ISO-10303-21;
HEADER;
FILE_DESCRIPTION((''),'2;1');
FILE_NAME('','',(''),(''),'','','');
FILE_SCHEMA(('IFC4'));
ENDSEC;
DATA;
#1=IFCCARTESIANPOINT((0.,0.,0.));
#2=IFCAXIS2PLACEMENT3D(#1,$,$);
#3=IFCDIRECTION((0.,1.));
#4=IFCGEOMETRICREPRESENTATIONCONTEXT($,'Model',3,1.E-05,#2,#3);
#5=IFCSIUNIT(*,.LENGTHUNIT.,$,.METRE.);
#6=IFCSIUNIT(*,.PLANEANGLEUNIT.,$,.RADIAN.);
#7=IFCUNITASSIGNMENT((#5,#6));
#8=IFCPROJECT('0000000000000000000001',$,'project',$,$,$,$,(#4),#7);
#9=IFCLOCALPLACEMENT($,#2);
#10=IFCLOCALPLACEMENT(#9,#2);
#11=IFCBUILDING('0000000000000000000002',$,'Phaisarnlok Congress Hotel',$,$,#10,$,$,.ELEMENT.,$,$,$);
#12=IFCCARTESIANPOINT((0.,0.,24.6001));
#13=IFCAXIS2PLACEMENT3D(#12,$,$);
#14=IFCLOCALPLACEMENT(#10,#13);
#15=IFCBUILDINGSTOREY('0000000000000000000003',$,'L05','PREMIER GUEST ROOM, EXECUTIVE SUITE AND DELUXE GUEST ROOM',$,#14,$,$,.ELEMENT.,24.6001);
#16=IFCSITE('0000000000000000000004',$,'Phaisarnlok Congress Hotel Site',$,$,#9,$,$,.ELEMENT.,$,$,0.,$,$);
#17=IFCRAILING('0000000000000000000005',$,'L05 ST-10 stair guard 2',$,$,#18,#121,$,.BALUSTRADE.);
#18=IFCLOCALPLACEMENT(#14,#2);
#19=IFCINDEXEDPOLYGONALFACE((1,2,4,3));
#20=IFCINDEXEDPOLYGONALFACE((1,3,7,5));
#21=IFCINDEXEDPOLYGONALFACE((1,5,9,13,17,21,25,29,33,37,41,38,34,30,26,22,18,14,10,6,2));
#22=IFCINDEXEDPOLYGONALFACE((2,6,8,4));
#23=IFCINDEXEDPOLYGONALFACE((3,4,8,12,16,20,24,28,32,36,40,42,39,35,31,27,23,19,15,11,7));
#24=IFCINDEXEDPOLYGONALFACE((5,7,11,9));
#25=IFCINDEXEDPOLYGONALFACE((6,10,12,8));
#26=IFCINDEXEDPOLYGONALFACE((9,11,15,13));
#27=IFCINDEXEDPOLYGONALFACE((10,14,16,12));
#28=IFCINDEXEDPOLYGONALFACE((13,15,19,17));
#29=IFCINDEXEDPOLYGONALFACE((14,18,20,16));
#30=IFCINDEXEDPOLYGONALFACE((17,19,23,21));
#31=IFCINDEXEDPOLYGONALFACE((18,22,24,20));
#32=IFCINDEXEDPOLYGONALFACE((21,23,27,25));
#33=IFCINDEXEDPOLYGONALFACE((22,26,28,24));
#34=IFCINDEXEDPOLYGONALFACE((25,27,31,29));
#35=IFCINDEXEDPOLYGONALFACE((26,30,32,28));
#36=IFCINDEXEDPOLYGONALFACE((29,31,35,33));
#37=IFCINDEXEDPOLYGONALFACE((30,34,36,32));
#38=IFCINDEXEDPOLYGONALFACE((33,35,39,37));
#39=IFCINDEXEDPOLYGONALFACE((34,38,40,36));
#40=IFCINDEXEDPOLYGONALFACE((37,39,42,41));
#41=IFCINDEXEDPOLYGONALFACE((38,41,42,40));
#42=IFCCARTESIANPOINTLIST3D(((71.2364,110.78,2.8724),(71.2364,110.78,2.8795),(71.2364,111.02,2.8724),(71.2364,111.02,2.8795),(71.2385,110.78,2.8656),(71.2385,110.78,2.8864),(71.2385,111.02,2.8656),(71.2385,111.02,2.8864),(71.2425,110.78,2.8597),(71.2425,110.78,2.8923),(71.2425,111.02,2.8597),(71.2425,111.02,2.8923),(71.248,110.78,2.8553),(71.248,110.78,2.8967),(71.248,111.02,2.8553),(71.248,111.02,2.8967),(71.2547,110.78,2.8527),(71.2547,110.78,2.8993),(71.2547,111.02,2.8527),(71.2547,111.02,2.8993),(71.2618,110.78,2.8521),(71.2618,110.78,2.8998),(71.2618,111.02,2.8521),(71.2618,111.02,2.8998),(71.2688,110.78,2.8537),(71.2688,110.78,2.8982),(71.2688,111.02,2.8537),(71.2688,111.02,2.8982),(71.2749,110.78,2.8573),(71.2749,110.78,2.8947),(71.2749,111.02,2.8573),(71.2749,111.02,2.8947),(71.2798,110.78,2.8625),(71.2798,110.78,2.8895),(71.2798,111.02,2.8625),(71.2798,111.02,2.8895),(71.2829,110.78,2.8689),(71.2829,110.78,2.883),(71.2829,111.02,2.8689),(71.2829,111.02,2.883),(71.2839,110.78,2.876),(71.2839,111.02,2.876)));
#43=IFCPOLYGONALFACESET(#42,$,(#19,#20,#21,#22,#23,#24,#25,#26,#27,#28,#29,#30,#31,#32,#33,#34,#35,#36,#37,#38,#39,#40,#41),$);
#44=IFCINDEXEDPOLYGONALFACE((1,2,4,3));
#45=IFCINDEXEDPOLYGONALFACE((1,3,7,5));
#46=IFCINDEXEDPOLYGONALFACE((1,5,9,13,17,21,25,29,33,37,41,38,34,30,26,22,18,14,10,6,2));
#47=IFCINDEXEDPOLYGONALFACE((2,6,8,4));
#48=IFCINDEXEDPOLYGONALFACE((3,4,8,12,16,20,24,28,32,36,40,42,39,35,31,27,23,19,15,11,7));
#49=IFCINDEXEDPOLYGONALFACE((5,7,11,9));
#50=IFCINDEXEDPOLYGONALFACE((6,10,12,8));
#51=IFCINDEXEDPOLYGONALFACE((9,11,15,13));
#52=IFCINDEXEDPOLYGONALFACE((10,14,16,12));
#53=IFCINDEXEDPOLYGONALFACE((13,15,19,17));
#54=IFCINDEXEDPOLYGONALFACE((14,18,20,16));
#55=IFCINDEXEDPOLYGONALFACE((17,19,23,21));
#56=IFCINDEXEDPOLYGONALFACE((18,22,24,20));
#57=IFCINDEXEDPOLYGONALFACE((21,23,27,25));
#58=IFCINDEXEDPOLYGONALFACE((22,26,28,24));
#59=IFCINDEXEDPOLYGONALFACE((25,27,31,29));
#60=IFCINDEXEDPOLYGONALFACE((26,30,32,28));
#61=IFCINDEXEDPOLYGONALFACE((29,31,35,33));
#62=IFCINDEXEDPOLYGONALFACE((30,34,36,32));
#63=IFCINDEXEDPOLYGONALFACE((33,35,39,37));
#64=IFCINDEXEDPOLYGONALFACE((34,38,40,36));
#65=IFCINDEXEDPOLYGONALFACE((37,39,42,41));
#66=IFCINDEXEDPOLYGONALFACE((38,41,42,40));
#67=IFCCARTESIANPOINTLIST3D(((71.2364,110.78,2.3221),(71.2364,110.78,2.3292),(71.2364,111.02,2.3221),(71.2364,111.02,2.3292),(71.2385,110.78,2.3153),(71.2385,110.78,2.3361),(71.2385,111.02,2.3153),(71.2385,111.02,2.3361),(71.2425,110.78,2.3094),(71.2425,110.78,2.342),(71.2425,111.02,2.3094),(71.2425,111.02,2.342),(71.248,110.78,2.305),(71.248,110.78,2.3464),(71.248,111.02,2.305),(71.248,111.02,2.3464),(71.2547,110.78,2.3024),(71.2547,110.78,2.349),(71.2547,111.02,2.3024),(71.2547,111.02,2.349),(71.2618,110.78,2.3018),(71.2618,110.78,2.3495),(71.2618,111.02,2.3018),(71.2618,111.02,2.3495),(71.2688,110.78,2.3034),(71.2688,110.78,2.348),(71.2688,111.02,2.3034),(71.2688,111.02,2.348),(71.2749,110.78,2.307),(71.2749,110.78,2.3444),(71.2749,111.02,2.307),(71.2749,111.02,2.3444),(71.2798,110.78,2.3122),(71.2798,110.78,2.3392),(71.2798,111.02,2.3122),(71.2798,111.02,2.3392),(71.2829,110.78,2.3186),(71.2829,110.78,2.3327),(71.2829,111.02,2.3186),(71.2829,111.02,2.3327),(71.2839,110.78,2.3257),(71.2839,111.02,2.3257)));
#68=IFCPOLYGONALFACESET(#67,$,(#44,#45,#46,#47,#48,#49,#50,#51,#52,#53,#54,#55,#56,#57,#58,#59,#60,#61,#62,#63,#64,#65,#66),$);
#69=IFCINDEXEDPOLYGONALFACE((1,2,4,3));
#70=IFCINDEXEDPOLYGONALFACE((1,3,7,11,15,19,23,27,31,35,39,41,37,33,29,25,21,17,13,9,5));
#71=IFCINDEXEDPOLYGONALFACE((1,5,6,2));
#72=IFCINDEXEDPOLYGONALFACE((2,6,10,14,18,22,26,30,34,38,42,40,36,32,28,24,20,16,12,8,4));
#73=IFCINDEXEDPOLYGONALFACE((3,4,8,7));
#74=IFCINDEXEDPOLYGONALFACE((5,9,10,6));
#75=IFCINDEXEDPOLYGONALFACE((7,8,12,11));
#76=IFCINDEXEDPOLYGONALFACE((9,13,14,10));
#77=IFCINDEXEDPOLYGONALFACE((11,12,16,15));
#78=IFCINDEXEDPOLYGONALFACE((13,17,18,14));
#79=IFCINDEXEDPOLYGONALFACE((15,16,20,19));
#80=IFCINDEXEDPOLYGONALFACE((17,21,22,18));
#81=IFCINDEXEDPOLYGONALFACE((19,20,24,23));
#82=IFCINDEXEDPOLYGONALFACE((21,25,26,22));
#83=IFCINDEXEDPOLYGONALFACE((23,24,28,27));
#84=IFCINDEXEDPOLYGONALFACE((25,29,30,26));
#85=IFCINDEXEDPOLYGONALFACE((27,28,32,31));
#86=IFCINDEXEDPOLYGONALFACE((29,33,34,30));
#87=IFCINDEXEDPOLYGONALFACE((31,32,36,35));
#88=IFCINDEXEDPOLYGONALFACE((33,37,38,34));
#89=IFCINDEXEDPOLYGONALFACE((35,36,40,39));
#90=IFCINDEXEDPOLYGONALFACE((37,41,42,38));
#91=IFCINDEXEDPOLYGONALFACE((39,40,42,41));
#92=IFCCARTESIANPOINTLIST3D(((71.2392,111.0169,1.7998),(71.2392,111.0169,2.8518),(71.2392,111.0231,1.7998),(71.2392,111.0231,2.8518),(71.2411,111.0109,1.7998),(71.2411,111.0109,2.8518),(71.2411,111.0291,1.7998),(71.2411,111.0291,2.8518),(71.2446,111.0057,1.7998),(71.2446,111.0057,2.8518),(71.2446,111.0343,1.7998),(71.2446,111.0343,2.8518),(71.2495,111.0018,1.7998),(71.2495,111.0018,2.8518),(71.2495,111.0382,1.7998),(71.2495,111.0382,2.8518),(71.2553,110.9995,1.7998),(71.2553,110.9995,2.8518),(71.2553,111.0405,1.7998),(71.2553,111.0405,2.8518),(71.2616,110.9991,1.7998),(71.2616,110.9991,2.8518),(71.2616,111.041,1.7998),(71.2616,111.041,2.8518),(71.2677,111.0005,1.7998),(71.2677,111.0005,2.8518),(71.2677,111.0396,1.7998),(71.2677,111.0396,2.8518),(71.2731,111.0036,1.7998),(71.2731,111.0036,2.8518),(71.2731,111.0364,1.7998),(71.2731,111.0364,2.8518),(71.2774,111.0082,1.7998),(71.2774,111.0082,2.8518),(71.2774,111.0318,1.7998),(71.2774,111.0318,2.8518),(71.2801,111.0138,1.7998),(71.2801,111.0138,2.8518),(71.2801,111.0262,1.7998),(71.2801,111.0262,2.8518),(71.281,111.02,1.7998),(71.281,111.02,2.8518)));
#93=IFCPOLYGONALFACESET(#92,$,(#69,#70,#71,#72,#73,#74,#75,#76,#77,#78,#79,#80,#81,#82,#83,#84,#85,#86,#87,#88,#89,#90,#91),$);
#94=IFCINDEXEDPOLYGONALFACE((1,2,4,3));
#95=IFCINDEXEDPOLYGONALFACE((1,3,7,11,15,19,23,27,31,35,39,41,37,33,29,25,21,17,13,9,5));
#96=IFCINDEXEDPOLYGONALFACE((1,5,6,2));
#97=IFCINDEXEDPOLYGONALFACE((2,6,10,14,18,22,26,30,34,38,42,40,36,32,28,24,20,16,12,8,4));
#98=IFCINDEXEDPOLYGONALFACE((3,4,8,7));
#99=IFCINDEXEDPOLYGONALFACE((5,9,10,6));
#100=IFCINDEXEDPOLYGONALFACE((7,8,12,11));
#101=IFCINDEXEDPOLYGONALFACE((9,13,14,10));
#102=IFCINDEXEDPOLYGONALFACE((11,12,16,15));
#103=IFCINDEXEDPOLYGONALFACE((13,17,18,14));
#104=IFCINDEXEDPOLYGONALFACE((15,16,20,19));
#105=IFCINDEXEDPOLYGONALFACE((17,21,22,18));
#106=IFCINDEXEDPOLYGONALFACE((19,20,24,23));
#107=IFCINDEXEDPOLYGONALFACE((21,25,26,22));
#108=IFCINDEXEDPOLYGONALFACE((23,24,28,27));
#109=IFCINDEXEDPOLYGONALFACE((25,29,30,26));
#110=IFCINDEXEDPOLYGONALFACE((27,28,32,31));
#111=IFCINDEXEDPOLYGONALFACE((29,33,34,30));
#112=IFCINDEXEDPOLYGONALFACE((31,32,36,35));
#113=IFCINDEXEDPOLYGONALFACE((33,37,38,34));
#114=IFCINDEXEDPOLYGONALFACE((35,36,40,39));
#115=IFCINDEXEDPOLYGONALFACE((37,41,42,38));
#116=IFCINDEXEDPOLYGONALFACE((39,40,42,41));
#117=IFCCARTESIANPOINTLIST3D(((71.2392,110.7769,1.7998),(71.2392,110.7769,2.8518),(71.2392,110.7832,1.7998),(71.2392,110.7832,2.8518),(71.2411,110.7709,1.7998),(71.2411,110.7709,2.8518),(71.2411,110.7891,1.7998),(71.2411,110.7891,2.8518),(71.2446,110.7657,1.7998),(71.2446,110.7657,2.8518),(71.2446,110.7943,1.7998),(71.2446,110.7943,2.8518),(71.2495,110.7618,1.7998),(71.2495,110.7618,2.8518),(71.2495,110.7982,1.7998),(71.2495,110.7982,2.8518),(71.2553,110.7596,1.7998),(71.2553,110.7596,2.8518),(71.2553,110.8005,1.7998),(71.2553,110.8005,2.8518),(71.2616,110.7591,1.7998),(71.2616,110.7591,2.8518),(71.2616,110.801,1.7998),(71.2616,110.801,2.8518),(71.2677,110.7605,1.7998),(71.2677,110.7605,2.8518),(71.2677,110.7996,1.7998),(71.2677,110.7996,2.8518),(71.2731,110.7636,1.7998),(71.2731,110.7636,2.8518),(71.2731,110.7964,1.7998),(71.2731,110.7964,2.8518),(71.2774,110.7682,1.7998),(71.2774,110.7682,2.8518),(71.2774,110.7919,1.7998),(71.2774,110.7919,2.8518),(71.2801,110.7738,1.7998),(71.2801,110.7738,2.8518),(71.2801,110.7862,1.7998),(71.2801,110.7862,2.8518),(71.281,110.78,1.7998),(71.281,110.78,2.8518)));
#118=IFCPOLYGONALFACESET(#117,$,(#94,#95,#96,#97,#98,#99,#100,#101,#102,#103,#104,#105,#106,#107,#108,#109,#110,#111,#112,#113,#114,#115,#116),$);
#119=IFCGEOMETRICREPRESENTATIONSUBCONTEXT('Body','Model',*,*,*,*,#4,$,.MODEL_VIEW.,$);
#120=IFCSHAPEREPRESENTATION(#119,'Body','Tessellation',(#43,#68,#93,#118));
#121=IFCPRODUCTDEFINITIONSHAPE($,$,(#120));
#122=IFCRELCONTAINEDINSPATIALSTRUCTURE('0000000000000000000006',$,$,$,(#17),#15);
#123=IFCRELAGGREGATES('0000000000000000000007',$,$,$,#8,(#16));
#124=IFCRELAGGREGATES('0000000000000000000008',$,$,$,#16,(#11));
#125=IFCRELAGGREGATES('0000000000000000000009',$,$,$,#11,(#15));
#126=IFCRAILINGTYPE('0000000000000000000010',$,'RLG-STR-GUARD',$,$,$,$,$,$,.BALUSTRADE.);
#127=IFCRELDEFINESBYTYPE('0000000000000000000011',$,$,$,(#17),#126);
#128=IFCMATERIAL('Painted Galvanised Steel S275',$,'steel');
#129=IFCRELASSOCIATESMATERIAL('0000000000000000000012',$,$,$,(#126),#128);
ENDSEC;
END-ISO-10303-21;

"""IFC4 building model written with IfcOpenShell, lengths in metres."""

from ifc_helpers import new_model, si_unit, direction, frame, origin, origin_2d, place, context, subcontext, project, spatial, circle, extrude, material, type_object, element, save


model = new_model("IFC4")

# Units and contexts
model_context = context("Model", 3, precision=1e-05, world=origin(), true_north=direction((0.0, 1.0)))
body_context = subcontext(model_context, "Body", "Model", "MODEL_VIEW")
ifc_project = project(units=[si_unit("LENGTHUNIT", "METRE"), si_unit("PLANEANGLEUNIT", "RADIAN")], contexts=[model_context])

# Site, building, storey
site_placement = place(None, origin())
site = spatial("IfcSite", under=ifc_project, at=site_placement, Name="Phaisarnlok Congress Hotel Site", CompositionType="ELEMENT", RefElevation=0.0)
building_placement = place(site_placement, origin())
building = spatial("IfcBuilding", under=site, at=building_placement, Name="Phaisarnlok Congress Hotel", CompositionType="ELEMENT")
storey_placement = place(building_placement, frame((0.0, 0.0, 24.6001)))
storey = spatial("IfcBuildingStorey", under=building, at=storey_placement, Name="L05", Description="PREMIER GUEST ROOM, EXECUTIVE SUITE AND DELUXE GUEST ROOM", CompositionType="ELEMENT", Elevation=24.6001)

# Railing
ifc_material_1 = material(Name="Painted Galvanised Steel S275", Category="steel")
railing_type_1 = type_object("IfcRailingType", Name="RLG-STR-GUARD", PredefinedType="BALUSTRADE", material=ifc_material_1)
railing_1_placement = place(storey_placement, frame((71.26, 111.02, 1.7998)))
element("IfcRailing", 1, at=railing_1_placement, inside=storey, type_object=railing_type_1, Name="L05 ST-10 stair guard 2", PredefinedType="BALUSTRADE", context=body_context, shape_type="SweptSolid", body=[
    extrude(circle(Radius=0.0239, at=origin_2d()), frame((0.0, 0.0, 1.0762), z_axis=(0.0, -1.0, 0.0), x_axis=(1.0, 0.0, 0.0)), (0.0, 0.0, 1.0), 0.24),
    extrude(circle(Radius=0.0239, at=origin_2d()), frame((0.0, 0.0, 0.5259), z_axis=(0.0, -1.0, 0.0), x_axis=(1.0, 0.0, 0.0)), (0.0, 0.0, 1.0), 0.24),
    extrude(circle(Radius=0.021, at=origin_2d()), origin(), (0.0, 0.0, 1.0), 1.052),
    extrude(circle(Radius=0.021, at=origin_2d()), frame((0.0, -0.24, 0.0)), (0.0, 0.0, 1.0), 1.052),
])

save(model, "model.ifc")
